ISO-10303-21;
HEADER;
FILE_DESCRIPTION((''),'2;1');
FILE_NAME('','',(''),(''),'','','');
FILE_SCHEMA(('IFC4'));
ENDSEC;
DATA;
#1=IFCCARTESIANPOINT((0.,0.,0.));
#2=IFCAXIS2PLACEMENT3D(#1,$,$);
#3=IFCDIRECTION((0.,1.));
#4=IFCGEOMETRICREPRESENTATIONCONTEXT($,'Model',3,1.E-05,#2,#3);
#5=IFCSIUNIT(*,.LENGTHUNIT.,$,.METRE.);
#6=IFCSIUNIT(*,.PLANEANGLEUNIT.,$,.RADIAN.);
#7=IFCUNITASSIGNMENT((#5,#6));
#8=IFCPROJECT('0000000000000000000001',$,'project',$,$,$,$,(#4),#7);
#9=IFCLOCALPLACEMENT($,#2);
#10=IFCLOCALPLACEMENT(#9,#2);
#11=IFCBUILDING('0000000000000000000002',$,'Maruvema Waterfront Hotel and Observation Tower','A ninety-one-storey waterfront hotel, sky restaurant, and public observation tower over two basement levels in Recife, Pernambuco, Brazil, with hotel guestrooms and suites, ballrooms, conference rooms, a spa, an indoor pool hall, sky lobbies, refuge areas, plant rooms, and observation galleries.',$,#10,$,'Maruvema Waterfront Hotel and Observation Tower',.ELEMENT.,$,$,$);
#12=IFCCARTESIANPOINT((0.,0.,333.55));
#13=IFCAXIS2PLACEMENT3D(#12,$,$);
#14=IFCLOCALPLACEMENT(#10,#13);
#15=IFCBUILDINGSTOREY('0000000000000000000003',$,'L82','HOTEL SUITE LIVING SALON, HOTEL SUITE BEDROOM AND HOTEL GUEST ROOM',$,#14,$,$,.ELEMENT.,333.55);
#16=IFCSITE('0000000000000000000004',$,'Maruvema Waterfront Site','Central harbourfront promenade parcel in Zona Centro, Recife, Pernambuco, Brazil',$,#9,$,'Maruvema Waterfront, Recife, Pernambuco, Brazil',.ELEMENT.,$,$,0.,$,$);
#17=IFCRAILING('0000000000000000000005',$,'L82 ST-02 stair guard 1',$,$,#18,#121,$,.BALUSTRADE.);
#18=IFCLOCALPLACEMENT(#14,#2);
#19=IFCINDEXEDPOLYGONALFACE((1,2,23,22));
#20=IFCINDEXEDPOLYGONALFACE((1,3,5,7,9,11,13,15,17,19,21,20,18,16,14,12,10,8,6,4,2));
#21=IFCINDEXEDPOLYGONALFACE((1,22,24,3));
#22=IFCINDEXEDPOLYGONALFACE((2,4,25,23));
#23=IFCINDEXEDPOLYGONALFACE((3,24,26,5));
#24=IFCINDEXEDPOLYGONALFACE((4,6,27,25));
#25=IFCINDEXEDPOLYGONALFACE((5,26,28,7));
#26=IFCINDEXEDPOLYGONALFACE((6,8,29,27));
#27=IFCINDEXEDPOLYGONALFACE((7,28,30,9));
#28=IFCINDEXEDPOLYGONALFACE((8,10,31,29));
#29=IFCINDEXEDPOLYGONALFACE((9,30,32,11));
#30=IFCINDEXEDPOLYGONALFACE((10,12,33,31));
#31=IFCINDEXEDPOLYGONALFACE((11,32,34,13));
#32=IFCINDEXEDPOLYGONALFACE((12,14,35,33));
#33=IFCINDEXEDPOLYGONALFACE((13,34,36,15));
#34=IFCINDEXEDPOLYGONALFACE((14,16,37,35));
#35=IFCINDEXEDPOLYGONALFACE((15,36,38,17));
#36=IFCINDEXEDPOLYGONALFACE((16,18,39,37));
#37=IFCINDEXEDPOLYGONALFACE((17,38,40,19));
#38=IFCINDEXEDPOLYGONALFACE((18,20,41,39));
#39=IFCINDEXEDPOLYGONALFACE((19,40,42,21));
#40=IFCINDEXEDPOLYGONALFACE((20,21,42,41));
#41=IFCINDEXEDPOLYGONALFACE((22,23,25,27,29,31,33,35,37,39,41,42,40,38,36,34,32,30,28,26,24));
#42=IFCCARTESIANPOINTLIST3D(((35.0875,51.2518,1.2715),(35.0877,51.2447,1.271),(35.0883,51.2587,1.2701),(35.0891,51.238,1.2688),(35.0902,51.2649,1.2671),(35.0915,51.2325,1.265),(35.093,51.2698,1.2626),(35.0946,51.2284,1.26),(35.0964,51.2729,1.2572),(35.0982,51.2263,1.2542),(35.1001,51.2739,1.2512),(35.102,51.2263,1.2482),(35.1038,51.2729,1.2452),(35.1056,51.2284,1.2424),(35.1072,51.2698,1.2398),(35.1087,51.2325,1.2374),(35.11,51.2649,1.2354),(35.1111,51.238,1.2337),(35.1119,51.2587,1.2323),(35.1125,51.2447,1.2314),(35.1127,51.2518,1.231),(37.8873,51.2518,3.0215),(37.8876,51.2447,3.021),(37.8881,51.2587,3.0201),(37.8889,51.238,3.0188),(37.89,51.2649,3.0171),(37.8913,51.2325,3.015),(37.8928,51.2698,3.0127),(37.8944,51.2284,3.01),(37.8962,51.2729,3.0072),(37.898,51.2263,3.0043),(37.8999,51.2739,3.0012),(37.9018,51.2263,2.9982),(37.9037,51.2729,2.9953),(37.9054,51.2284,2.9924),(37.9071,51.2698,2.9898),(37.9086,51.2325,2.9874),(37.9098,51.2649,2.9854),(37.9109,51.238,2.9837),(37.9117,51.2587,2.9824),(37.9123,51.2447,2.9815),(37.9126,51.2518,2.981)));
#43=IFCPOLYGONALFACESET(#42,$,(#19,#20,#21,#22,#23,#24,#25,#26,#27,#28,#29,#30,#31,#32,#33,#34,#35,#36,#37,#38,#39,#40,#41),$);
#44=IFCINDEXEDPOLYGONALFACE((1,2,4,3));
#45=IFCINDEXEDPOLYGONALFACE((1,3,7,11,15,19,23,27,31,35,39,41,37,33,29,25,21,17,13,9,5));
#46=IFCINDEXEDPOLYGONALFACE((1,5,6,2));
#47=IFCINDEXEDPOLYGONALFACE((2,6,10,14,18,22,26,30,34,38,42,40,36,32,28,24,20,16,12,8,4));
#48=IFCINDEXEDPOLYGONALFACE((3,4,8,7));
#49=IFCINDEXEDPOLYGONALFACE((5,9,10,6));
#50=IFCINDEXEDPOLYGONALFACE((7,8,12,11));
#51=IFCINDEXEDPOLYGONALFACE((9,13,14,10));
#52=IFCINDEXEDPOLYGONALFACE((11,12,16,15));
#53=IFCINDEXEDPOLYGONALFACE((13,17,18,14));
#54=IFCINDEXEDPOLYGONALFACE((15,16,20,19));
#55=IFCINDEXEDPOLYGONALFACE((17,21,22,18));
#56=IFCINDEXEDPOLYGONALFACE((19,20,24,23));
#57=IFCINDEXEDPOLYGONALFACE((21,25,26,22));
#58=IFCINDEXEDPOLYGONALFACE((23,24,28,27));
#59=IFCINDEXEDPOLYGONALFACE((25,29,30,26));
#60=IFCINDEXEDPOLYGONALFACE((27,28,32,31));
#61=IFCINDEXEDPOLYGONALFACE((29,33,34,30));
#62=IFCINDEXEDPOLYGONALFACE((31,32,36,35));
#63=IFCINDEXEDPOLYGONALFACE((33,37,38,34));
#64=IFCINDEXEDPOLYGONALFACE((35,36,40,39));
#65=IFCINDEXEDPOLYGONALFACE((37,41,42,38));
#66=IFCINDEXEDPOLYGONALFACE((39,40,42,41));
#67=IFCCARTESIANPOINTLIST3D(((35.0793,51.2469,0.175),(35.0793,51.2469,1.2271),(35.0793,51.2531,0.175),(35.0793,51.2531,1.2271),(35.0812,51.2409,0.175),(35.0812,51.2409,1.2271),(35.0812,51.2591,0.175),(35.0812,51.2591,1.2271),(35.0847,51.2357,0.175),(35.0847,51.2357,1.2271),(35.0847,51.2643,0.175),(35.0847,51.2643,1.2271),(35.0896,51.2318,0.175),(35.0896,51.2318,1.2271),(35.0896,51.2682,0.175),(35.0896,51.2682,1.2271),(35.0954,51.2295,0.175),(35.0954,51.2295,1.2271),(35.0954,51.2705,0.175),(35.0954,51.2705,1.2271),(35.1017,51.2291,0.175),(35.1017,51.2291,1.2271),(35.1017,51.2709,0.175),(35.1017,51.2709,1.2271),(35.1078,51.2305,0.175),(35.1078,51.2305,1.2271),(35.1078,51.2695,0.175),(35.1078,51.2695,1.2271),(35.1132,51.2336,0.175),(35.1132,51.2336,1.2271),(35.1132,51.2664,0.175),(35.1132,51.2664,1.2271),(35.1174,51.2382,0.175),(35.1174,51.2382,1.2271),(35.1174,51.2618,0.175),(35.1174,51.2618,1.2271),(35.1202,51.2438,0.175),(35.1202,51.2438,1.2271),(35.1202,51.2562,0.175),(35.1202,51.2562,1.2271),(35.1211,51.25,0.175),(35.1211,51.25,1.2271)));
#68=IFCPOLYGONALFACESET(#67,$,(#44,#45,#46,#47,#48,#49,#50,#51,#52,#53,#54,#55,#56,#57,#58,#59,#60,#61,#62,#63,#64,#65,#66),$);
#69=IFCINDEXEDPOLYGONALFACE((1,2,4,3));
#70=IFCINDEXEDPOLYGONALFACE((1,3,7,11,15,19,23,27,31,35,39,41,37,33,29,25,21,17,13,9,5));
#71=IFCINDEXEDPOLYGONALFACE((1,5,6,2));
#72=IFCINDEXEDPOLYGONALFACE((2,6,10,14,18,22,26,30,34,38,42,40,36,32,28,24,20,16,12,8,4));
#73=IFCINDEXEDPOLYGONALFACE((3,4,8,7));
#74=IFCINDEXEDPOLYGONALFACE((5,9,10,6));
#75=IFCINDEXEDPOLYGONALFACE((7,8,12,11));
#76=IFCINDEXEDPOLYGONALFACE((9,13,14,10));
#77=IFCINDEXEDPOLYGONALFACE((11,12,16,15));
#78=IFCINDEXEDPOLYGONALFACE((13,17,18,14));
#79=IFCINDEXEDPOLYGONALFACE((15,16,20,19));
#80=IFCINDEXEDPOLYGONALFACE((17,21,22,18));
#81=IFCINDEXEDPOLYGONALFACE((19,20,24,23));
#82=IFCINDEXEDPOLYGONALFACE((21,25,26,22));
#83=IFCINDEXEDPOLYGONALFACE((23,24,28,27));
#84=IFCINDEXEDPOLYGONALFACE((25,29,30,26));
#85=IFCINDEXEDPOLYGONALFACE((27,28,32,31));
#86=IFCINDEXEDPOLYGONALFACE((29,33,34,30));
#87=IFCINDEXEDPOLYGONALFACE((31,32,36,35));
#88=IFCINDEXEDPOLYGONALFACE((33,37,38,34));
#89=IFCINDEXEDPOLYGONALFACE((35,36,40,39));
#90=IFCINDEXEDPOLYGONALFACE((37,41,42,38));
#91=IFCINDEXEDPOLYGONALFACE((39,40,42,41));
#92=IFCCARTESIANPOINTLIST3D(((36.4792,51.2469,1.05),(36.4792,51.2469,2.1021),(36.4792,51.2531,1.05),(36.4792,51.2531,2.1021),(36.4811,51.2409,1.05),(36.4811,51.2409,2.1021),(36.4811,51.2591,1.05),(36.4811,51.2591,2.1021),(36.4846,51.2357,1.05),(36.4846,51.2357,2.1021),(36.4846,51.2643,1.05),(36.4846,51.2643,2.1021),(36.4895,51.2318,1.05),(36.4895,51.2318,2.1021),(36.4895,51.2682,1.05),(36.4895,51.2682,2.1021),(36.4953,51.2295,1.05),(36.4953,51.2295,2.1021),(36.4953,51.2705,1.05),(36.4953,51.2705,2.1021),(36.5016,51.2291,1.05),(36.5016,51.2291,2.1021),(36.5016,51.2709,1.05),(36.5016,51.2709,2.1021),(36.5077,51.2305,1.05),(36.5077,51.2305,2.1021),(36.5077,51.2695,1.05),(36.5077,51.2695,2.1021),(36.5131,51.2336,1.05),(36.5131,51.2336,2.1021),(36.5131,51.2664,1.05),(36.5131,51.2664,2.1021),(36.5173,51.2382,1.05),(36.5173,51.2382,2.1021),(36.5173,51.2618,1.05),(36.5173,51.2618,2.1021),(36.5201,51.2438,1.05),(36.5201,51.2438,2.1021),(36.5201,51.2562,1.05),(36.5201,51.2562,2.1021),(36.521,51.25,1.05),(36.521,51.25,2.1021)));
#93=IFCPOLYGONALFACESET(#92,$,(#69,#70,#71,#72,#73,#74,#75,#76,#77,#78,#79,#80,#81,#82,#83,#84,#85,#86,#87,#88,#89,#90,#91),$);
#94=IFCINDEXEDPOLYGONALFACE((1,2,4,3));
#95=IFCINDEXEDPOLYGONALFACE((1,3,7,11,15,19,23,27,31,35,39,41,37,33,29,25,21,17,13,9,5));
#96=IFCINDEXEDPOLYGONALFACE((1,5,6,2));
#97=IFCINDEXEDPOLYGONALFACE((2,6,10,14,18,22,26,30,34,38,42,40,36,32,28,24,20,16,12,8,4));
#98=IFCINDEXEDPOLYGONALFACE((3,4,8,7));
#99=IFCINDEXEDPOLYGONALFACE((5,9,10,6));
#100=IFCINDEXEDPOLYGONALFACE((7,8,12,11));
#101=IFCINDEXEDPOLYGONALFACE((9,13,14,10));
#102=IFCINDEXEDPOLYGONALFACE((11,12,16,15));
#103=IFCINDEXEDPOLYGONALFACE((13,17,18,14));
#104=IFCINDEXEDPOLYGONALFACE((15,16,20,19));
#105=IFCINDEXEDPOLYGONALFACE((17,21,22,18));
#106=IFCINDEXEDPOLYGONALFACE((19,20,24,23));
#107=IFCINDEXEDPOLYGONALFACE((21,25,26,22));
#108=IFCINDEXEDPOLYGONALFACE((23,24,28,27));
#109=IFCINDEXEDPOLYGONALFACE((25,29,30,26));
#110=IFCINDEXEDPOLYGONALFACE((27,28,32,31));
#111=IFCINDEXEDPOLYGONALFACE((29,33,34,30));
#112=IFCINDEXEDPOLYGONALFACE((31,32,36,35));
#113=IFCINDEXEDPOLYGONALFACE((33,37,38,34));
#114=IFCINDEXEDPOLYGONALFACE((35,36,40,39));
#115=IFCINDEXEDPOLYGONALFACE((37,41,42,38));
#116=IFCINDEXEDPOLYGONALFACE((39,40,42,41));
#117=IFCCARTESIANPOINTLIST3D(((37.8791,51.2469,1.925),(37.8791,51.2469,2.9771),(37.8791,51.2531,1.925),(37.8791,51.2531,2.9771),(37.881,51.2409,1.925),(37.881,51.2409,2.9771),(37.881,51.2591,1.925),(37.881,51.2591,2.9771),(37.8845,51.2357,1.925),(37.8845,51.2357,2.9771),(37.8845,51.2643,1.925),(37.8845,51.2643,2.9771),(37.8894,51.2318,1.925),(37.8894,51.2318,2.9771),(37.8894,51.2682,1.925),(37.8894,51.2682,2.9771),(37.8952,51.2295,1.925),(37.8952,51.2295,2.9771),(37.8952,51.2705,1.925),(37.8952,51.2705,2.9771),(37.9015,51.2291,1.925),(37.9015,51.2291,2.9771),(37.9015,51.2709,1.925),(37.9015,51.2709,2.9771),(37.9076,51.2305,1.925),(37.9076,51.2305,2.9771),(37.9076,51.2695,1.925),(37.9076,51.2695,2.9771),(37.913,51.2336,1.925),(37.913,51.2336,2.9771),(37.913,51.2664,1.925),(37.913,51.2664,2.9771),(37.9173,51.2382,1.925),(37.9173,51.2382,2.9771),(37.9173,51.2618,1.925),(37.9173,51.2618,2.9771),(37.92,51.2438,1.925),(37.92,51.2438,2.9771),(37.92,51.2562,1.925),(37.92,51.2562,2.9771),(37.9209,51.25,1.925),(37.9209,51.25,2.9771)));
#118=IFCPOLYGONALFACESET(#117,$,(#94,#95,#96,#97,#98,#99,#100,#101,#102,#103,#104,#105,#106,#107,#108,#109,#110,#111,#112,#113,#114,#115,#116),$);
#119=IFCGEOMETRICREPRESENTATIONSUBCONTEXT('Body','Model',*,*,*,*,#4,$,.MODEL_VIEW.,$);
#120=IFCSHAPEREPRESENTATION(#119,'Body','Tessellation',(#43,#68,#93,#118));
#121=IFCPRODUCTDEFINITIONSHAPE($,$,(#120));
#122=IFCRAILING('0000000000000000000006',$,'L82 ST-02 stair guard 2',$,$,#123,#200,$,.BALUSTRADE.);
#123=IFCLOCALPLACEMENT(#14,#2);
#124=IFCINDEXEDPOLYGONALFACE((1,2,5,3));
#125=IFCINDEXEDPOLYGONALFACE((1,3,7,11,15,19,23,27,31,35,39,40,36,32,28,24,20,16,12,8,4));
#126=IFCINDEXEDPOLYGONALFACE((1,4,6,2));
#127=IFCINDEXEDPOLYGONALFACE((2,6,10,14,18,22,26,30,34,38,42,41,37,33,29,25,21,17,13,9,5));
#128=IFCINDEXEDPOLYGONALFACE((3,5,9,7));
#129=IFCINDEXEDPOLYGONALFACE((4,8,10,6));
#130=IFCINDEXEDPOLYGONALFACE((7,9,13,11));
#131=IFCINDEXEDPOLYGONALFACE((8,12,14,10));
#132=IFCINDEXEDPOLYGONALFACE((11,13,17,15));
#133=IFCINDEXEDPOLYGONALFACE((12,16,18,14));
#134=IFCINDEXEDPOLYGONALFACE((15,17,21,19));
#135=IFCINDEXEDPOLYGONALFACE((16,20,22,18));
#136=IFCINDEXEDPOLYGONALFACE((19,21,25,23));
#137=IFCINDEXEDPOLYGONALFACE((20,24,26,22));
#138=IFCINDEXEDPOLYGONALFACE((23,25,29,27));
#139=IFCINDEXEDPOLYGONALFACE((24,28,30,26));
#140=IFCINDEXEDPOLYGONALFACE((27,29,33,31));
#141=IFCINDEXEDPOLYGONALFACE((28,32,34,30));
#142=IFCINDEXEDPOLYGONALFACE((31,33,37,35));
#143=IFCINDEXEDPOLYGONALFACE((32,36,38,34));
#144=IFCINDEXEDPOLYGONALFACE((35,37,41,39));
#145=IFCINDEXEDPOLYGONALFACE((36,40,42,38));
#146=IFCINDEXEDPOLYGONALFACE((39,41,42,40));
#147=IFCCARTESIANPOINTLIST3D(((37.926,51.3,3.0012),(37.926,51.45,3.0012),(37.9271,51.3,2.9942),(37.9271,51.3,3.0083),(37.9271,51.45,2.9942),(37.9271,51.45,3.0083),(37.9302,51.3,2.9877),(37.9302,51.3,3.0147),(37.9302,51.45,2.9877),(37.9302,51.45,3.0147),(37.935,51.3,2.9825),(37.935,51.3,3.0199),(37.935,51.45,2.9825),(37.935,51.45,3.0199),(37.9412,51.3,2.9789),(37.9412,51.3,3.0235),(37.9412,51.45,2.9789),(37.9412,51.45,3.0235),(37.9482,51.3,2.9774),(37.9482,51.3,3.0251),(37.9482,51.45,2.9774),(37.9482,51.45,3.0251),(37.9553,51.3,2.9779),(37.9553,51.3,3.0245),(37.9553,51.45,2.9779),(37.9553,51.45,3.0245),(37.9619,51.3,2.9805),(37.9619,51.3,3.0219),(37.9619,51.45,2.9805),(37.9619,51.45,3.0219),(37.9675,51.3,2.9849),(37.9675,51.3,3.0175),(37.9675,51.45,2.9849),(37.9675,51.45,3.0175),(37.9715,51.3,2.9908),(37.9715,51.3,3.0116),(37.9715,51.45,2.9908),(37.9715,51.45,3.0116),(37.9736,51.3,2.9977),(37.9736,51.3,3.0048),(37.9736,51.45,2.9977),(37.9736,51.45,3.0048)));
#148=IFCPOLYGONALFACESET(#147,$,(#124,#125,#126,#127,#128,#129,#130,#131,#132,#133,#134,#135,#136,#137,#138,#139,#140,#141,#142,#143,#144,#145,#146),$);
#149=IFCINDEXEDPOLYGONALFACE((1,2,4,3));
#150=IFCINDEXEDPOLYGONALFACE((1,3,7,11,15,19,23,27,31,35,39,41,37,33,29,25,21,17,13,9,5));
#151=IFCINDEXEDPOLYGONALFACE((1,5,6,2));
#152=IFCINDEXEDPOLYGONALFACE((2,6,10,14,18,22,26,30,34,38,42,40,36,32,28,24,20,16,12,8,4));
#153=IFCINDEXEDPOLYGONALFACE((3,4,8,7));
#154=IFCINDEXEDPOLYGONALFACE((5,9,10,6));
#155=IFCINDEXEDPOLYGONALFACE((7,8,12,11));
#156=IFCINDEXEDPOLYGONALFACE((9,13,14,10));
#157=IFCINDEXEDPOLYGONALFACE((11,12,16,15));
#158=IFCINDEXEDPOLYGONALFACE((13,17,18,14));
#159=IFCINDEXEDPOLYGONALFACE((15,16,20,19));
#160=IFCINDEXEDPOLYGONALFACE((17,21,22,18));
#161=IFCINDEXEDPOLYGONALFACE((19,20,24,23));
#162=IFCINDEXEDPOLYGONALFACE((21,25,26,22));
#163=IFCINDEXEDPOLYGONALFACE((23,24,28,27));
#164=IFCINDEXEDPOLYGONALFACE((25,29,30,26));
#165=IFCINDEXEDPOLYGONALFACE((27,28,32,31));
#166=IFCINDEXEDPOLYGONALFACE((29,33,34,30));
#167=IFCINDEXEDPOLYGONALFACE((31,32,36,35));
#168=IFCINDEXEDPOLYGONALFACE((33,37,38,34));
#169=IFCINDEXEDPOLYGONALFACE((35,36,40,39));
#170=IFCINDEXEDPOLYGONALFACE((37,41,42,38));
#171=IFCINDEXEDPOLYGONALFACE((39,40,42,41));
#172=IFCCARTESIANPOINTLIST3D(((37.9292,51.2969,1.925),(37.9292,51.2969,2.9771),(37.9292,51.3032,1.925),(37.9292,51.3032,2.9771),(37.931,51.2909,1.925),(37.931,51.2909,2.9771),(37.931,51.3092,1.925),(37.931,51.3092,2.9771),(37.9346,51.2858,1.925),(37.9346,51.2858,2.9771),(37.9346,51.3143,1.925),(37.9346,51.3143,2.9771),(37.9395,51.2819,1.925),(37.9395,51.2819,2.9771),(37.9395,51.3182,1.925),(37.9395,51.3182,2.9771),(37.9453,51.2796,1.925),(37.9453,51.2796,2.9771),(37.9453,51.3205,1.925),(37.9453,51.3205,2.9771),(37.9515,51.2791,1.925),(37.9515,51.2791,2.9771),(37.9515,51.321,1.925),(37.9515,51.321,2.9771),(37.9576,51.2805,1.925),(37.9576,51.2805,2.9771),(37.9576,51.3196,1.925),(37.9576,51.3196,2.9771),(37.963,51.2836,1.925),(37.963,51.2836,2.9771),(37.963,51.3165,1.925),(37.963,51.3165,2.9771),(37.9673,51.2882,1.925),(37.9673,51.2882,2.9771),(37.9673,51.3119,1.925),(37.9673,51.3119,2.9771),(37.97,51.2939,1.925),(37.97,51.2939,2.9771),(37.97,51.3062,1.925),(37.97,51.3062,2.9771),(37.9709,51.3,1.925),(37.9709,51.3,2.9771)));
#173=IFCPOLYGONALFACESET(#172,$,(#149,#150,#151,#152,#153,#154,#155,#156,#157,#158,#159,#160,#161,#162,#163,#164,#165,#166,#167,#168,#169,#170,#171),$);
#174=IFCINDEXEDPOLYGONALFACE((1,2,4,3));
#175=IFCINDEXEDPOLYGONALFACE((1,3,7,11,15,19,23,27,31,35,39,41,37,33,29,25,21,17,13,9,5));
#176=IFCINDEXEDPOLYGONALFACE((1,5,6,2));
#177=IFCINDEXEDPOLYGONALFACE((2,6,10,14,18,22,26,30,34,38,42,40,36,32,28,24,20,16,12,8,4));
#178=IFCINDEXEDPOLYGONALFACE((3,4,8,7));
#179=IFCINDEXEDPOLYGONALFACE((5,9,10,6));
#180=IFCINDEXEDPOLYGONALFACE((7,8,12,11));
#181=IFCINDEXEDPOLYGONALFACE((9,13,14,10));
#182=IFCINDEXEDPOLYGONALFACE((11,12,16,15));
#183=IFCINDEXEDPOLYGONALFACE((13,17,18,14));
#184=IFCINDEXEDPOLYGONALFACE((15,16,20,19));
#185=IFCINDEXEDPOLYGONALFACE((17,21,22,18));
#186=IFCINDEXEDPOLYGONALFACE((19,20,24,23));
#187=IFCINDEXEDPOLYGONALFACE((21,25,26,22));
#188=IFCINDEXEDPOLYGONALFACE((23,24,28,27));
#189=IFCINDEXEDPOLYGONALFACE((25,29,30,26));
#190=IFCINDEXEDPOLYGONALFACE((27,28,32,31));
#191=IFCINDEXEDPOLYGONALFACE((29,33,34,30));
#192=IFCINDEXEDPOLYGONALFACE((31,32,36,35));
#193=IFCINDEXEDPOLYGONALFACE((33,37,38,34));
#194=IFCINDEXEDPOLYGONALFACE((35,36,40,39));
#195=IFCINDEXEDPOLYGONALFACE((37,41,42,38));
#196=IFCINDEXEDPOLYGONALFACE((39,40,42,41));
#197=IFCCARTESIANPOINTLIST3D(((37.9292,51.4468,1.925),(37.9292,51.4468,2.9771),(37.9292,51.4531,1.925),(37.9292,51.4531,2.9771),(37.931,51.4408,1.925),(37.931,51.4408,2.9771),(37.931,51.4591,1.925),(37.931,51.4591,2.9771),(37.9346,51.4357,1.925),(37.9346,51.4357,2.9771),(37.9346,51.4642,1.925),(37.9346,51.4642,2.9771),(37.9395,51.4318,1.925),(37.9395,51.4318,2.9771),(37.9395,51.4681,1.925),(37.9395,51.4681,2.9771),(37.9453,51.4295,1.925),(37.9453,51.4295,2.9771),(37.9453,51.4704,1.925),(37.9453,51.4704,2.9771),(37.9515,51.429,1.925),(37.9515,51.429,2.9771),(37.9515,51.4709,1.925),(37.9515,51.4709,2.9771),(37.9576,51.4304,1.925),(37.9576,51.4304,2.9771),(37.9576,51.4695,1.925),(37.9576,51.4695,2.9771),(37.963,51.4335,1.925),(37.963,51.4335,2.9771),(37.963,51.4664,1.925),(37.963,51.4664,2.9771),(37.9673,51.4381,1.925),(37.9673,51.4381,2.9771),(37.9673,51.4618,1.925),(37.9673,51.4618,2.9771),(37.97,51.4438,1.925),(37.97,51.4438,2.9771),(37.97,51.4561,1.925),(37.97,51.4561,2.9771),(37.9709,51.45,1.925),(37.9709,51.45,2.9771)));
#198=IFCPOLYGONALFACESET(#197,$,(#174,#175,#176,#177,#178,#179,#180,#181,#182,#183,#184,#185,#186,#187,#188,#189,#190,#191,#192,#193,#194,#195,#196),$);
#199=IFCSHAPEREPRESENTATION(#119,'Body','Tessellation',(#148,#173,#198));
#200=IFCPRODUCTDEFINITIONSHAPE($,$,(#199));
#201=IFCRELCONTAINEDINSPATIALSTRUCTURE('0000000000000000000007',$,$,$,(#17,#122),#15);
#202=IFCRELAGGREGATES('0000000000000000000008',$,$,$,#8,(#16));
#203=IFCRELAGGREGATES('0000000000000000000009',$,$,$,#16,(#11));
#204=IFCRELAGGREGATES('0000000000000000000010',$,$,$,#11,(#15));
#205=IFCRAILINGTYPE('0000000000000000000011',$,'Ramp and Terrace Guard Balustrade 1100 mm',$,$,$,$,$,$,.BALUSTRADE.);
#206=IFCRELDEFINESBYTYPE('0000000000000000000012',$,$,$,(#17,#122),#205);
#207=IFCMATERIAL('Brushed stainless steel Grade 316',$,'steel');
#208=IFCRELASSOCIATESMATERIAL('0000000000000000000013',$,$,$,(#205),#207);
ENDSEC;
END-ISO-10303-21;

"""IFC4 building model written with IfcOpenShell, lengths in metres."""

from ifc_helpers import new_model, si_unit, direction, frame, origin, origin_2d, place, context, subcontext, project, spatial, circle, extrude, material, type_object, element, save


model = new_model("IFC4")

# Units and contexts
model_context = context("Model", 3, precision=1e-05, world=origin(), true_north=direction((0.0, 1.0)))
body_context = subcontext(model_context, "Body", "Model", "MODEL_VIEW")
ifc_project = project(units=[si_unit("LENGTHUNIT", "METRE"), si_unit("PLANEANGLEUNIT", "RADIAN")], contexts=[model_context])

# Site, building, storey
site_placement = place(None, origin())
site = spatial("IfcSite", under=ifc_project, at=site_placement, Name="Maruvema Waterfront Site", Description="Central harbourfront promenade parcel in Zona Centro, Recife, Pernambuco, Brazil", LongName="Maruvema Waterfront, Recife, Pernambuco, Brazil", CompositionType="ELEMENT", RefElevation=0.0)
building_placement = place(site_placement, origin())
building = spatial("IfcBuilding", under=site, at=building_placement, Name="Maruvema Waterfront Hotel and Observation Tower", Description="A ninety-one-storey waterfront hotel, sky restaurant, and public observation tower over two basement levels in Recife, Pernambuco, Brazil, with hotel guestrooms and suites, ballrooms, conference rooms, a spa, an indoor pool hall, sky lobbies, refuge areas, plant rooms, and observation galleries.", LongName="Maruvema Waterfront Hotel and Observation Tower", CompositionType="ELEMENT")
storey_placement = place(building_placement, frame((0.0, 0.0, 333.55)))
storey = spatial("IfcBuildingStorey", under=building, at=storey_placement, Name="L82", Description="HOTEL SUITE LIVING SALON, HOTEL SUITE BEDROOM AND HOTEL GUEST ROOM", CompositionType="ELEMENT", Elevation=333.55)

# Railings
ifc_material_1 = material(Name="Brushed stainless steel Grade 316", Category="steel")
railing_type_1 = type_object("IfcRailingType", Name="Ramp and Terrace Guard Balustrade 1100 mm", PredefinedType="BALUSTRADE", material=ifc_material_1)
railing_1_placement = place(storey_placement, frame((35.1001, 51.25, 0.175)))
element("IfcRailing", 1, at=railing_1_placement, inside=storey, type_object=railing_type_1, Name="L82 ST-02 stair guard 1", PredefinedType="BALUSTRADE", context=body_context, shape_type="SweptSolid", body=[
    extrude(circle(Radius=0.0239, at=origin_2d()), frame((0.0, 0.0, 1.0762), z_axis=(0.847982, 0.0, 0.530026), x_axis=(0.0, 1.0, 0.0)), (0.0, 0.0, 1.0), 3.3018),
    extrude(circle(Radius=0.021, at=origin_2d()), origin(), (0.0, 0.0, 1.0), 1.052),
    extrude(circle(Radius=0.021, at=origin_2d()), frame((1.3999, 0.0, 0.875)), (0.0, 0.0, 1.0), 1.052),
    extrude(circle(Radius=0.021, at=origin_2d()), frame((2.7998, 0.0, 1.75)), (0.0, 0.0, 1.0), 1.052),
])
railing_2_placement = place(storey_placement, frame((37.95, 51.3, 1.925)))
element("IfcRailing", 2, at=railing_2_placement, inside=storey, type_object=railing_type_1, Name="L82 ST-02 stair guard 2", PredefinedType="BALUSTRADE", context=body_context, shape_type="SweptSolid", body=[
    extrude(circle(Radius=0.0239, at=origin_2d()), frame((0.0, 0.0, 1.0762), z_axis=(0.0, 1.0, 0.0), x_axis=(-1.0, 0.0, 0.0)), (0.0, 0.0, 1.0), 0.1499),
    extrude(circle(Radius=0.021, at=origin_2d()), origin(), (0.0, 0.0, 1.0), 1.052),
    extrude(circle(Radius=0.021, at=origin_2d()), frame((0.0, 0.1499, 0.0)), (0.0, 0.0, 1.0), 1.052),
])

save(model, "model.ifc")
